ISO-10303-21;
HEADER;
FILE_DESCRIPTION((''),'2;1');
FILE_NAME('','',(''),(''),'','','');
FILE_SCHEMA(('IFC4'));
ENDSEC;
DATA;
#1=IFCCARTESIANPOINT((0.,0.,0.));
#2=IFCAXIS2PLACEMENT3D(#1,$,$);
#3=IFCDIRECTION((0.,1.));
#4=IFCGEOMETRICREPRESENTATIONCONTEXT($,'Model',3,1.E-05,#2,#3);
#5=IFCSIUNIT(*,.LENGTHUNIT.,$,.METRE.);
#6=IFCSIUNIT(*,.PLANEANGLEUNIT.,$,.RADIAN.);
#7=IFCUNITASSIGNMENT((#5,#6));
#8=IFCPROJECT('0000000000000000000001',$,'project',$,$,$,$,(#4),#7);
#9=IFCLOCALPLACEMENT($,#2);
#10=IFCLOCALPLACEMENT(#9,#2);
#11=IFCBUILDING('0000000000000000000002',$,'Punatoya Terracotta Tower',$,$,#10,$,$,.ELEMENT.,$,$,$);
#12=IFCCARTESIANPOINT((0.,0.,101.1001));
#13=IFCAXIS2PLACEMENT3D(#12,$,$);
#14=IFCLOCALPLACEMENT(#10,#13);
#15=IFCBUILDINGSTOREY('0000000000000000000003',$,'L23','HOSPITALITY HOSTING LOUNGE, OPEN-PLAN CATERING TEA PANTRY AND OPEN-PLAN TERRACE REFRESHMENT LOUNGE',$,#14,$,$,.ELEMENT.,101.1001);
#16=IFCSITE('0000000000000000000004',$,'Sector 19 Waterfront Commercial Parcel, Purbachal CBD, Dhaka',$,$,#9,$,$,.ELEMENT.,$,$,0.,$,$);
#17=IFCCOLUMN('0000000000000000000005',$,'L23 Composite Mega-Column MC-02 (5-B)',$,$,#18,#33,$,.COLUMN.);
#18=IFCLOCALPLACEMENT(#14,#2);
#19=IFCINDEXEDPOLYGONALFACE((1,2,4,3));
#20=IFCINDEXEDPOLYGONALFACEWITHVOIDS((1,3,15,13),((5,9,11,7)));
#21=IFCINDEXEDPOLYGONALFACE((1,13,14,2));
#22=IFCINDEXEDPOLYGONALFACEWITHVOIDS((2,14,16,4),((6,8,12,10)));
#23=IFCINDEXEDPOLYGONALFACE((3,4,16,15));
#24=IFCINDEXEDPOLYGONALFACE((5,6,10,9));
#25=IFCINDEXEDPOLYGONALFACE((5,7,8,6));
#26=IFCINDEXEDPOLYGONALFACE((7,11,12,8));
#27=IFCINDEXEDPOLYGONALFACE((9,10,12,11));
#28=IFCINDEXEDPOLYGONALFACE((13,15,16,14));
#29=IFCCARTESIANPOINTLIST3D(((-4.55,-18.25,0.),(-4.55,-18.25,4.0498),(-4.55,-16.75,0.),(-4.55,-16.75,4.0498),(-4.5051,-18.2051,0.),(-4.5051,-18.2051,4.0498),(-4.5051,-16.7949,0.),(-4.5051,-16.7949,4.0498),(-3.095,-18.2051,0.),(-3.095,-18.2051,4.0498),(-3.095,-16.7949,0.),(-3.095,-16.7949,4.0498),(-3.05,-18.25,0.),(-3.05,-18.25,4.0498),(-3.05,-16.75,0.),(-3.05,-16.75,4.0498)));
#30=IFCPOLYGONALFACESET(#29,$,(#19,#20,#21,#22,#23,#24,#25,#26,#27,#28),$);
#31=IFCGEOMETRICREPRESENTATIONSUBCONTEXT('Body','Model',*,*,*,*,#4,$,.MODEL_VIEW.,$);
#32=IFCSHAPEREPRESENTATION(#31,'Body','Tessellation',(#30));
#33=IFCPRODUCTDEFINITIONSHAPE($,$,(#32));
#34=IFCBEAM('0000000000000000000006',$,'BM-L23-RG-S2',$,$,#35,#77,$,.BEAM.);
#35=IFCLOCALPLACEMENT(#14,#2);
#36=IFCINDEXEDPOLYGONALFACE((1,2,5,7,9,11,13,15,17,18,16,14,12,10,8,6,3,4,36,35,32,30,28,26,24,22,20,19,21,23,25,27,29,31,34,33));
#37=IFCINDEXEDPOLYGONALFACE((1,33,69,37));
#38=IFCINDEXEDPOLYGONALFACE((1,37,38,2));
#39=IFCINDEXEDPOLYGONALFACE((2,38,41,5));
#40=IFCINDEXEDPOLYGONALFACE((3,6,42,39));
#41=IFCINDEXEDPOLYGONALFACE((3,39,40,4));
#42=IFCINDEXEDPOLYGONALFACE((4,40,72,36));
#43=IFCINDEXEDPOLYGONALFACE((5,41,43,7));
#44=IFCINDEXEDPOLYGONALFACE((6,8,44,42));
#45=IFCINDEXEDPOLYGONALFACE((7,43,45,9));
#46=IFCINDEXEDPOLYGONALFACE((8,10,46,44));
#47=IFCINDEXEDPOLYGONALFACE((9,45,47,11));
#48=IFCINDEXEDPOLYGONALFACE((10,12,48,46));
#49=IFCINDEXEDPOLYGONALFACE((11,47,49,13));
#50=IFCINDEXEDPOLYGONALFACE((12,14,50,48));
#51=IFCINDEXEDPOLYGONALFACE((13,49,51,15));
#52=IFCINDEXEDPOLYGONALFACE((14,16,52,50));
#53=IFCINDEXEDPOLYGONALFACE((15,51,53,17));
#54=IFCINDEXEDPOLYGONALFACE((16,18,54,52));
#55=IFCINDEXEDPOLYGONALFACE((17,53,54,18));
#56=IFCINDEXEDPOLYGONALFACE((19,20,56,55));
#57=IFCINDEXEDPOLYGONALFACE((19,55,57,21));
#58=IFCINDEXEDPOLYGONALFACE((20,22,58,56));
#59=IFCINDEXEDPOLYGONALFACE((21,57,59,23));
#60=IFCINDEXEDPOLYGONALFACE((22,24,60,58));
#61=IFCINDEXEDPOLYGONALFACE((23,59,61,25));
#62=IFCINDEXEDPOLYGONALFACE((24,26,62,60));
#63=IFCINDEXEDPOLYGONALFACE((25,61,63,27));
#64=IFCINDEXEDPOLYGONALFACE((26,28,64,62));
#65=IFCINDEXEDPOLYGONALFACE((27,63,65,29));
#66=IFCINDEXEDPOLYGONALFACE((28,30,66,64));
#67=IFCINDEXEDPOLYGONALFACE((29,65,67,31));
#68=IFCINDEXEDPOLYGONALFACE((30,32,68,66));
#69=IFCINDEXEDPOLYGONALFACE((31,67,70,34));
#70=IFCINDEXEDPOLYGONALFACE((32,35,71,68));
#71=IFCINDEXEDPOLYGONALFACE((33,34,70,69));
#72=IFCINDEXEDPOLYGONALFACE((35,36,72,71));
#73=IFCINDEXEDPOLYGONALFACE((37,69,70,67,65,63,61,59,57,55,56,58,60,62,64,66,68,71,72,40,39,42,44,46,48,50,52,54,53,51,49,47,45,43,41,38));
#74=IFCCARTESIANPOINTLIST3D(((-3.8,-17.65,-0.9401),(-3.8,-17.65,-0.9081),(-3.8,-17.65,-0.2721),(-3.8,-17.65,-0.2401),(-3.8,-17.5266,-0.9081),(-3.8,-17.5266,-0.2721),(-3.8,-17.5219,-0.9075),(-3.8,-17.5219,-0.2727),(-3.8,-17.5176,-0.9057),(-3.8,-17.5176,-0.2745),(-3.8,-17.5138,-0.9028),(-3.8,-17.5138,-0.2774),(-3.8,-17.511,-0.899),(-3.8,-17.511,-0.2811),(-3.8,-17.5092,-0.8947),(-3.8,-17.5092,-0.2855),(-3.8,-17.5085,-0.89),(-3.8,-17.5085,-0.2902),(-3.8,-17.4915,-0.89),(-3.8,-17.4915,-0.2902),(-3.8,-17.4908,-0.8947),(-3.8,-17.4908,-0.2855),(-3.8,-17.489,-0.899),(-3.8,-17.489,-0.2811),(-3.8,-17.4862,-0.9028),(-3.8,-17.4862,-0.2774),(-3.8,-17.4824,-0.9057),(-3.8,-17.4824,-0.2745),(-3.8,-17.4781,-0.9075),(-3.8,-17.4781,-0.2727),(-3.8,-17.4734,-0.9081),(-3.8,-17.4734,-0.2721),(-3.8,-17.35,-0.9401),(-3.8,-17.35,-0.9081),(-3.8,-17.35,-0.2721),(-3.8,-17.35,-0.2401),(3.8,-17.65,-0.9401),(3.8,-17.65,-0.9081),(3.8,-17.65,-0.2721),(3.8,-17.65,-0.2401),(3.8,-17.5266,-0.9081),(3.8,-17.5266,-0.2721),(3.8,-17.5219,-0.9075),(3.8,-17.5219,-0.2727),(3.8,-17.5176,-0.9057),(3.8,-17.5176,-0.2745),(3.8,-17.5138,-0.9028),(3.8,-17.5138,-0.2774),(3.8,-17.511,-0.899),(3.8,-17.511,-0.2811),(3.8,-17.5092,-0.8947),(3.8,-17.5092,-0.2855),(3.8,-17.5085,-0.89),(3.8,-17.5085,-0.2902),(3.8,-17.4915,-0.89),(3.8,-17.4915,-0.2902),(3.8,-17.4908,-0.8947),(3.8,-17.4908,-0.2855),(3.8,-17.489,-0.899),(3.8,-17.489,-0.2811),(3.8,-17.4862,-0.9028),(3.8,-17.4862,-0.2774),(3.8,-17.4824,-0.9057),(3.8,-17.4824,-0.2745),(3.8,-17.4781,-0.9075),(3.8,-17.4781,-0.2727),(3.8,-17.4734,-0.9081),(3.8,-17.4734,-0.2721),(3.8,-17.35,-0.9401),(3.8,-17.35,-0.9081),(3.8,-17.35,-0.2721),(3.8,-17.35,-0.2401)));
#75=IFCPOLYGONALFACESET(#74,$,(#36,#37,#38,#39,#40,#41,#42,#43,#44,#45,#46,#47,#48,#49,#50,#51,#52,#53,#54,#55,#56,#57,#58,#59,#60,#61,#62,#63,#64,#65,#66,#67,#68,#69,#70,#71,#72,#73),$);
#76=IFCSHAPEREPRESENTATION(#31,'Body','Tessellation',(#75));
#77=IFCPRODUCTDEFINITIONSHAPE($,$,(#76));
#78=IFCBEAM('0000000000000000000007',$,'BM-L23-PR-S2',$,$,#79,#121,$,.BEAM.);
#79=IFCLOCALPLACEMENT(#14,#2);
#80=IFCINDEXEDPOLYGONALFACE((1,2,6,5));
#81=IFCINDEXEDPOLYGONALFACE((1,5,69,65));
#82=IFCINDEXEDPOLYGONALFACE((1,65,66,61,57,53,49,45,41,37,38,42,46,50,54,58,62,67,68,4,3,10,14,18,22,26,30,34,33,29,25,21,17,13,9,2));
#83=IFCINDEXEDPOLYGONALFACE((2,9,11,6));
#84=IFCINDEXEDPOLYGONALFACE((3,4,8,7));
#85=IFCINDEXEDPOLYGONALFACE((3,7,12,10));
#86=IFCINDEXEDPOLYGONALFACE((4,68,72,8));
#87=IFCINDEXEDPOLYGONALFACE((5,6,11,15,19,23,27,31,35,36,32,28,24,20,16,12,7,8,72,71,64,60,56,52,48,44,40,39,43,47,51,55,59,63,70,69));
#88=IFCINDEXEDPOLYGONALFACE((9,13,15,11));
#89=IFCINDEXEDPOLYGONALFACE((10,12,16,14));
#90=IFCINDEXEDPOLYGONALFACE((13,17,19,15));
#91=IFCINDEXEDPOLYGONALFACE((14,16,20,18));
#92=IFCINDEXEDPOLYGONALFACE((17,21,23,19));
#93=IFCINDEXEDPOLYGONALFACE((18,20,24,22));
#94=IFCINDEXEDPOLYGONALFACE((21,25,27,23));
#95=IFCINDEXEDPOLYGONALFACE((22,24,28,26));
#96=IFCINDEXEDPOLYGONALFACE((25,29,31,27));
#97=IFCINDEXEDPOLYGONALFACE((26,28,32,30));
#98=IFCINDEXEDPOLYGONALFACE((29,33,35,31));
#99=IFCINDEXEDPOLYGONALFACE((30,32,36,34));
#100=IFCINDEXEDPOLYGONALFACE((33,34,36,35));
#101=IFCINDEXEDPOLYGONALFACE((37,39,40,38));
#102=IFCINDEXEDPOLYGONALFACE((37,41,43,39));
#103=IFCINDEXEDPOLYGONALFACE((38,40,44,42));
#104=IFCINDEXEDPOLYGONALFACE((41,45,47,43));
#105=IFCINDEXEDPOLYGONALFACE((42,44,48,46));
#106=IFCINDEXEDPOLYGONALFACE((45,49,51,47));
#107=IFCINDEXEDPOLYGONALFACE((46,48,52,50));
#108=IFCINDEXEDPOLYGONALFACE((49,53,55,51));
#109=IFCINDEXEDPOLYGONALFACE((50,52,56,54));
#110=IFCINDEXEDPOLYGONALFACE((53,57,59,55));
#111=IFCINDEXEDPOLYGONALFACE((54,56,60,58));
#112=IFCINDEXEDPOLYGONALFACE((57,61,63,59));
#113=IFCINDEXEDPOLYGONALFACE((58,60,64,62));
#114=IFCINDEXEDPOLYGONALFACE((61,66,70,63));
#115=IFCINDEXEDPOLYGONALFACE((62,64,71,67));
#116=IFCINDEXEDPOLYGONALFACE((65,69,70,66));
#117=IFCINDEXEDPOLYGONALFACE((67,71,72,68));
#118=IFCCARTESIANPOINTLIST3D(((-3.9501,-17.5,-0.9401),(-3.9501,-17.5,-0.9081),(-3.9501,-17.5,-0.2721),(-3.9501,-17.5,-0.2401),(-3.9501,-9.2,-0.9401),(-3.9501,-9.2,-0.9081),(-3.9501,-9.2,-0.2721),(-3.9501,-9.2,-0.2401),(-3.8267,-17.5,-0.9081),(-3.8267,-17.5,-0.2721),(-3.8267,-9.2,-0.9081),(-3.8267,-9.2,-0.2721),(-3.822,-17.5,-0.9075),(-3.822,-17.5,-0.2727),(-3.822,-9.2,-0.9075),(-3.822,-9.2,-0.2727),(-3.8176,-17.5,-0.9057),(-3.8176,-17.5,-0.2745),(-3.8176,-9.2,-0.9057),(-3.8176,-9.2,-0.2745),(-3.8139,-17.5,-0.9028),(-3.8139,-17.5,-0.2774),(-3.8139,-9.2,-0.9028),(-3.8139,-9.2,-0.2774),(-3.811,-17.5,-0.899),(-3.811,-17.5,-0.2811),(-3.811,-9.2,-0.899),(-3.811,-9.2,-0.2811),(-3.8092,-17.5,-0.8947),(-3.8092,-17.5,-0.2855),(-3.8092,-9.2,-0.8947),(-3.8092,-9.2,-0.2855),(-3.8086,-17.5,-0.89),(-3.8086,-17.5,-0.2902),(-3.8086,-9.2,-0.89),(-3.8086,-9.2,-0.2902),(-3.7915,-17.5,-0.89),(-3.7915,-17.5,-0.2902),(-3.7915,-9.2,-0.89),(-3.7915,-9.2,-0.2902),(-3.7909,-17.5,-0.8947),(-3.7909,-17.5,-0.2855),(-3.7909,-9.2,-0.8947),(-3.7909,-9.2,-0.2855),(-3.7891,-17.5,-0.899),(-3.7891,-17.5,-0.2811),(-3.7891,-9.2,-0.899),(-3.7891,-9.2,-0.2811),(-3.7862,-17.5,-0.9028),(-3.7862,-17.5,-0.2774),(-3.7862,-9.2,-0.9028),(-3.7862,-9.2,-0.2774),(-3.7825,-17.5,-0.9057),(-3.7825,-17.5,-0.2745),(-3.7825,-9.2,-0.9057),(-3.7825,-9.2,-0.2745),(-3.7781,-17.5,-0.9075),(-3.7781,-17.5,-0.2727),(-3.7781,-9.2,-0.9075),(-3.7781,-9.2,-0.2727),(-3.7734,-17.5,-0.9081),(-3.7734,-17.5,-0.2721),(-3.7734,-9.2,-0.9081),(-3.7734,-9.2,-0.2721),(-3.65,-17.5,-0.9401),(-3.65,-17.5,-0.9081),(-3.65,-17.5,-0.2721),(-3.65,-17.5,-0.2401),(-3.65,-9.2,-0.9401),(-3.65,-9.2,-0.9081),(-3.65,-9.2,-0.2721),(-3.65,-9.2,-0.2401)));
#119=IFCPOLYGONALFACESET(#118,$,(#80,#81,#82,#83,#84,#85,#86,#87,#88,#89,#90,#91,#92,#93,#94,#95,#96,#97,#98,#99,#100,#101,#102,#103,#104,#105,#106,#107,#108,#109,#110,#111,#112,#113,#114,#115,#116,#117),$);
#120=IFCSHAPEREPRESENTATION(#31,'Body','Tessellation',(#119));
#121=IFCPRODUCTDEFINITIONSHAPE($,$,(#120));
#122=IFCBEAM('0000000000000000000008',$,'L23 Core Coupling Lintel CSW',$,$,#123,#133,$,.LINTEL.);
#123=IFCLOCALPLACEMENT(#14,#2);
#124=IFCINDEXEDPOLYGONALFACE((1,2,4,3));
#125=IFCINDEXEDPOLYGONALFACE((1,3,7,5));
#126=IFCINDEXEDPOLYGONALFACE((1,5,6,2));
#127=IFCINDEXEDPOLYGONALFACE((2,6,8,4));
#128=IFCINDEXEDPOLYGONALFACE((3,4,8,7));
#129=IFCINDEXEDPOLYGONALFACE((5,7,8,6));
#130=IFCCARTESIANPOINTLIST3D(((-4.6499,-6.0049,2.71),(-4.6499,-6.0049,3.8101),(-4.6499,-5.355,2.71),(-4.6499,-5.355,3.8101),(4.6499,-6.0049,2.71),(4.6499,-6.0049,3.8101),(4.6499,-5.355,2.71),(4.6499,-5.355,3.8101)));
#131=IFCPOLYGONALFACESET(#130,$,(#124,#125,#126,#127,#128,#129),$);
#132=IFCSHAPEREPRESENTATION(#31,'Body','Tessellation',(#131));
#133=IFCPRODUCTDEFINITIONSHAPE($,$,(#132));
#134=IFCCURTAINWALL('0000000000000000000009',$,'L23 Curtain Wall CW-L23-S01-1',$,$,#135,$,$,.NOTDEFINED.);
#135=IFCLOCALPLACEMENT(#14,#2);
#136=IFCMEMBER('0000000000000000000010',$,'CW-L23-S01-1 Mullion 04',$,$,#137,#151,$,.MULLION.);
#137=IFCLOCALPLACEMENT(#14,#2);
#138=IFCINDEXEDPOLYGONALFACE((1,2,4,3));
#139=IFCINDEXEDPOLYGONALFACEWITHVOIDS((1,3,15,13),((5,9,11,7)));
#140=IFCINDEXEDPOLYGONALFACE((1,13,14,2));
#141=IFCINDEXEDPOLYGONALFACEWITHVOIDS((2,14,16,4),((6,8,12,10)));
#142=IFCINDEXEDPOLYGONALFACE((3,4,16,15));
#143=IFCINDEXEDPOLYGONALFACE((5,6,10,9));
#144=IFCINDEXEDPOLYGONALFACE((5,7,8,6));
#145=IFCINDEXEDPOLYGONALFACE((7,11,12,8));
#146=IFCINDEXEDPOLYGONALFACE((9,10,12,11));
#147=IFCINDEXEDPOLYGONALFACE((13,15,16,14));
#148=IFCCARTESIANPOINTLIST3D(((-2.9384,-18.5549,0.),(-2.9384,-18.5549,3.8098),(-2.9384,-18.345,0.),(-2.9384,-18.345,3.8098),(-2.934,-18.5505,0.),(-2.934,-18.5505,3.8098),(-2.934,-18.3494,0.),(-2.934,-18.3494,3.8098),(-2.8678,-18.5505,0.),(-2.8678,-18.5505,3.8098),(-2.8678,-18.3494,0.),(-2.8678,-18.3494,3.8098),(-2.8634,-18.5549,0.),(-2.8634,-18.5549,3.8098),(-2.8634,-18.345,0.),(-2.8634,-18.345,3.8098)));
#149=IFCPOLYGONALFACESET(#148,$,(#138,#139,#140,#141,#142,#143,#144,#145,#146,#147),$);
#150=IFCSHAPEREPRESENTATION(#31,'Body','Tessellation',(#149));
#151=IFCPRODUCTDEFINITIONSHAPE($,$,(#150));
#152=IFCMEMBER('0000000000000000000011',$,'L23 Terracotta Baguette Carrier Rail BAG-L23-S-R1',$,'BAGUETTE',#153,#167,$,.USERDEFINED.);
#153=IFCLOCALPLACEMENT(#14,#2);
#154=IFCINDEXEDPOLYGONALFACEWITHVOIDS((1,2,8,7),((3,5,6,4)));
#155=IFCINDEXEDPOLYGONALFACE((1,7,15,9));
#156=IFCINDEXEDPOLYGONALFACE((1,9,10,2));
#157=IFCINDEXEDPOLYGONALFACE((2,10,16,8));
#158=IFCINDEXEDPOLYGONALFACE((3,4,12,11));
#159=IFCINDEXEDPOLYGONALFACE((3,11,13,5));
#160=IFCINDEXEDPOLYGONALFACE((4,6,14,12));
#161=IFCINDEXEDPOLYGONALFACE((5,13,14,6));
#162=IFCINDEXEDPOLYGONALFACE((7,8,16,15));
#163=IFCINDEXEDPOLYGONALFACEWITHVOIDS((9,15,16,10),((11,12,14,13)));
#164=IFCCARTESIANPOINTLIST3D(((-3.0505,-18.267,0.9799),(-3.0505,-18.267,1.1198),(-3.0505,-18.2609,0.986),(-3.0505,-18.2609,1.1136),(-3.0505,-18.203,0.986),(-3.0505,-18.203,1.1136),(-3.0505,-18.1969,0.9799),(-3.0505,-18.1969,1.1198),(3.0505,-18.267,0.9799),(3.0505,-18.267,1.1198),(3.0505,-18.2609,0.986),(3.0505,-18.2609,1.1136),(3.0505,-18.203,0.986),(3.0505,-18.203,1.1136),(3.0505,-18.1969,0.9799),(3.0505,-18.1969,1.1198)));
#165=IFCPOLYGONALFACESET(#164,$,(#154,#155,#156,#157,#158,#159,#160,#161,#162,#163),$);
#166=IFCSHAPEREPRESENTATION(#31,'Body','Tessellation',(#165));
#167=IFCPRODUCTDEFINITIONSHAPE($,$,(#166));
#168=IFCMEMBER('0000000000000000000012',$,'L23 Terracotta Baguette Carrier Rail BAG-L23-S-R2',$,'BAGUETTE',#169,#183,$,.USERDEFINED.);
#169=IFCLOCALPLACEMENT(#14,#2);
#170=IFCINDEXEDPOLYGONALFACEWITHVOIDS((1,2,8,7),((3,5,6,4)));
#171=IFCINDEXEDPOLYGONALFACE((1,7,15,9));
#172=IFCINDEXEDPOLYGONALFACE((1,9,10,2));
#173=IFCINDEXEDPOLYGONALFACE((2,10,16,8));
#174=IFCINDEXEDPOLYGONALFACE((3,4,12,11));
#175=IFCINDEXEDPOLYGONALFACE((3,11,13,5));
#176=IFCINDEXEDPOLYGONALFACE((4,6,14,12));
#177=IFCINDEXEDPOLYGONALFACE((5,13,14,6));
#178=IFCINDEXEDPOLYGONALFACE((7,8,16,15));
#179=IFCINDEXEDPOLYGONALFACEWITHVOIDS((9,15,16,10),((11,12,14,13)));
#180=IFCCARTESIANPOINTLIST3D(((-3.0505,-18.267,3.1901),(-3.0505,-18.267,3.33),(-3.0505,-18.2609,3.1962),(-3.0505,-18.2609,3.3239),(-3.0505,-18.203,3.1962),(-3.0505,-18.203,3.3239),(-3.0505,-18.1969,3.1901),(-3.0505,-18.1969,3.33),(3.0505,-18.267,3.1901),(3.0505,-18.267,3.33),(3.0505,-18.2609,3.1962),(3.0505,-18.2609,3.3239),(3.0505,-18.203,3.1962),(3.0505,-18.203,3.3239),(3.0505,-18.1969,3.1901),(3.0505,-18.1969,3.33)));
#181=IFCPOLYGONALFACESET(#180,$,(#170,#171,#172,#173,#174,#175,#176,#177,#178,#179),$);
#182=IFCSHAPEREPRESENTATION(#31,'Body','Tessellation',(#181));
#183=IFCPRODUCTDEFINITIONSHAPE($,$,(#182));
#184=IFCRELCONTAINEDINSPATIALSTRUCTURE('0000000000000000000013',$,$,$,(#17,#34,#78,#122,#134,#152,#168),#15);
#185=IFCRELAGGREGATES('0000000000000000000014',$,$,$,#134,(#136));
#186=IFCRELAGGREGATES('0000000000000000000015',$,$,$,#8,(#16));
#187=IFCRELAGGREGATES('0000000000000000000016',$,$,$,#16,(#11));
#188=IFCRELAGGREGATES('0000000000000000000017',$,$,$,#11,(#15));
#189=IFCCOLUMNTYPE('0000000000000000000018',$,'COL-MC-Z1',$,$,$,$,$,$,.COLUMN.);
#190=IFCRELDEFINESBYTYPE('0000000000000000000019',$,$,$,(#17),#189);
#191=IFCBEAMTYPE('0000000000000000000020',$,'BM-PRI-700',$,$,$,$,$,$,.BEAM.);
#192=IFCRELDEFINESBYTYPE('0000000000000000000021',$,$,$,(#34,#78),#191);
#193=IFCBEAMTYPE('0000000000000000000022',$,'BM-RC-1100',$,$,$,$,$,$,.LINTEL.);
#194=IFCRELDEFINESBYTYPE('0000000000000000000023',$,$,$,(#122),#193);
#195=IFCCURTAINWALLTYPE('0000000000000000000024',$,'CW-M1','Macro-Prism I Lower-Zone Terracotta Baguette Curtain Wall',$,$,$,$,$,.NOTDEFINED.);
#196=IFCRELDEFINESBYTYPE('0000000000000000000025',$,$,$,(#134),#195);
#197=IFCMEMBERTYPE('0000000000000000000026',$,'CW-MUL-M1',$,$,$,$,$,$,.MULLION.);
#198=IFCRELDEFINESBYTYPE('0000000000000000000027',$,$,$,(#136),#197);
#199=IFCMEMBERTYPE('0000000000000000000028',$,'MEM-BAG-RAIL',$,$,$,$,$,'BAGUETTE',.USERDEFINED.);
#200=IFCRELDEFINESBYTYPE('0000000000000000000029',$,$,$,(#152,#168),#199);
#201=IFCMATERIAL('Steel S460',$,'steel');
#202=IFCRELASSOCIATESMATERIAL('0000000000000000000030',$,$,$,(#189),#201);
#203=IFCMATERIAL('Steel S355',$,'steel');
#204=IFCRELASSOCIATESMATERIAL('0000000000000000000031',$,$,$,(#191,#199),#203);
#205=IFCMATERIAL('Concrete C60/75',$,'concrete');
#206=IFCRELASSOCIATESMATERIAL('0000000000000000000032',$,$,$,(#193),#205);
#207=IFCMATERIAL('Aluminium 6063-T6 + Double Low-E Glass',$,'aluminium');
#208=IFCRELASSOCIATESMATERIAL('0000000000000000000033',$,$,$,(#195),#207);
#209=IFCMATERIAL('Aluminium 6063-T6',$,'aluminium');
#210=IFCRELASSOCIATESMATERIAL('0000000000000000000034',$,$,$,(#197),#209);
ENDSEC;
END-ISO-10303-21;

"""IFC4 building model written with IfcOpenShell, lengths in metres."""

from ifc_helpers import new_model, si_unit, direction, frame, origin, origin_2d, place, context, subcontext, project, spatial, rectangle, hollow_rectangle, i_section, extrude, material, material_profile, profile_set, type_object, element, aggregate, save


model = new_model("IFC4")

# Units and contexts
model_context = context("Model", 3, precision=1e-05, world=origin(), true_north=direction((0.0, 1.0)))
body_context = subcontext(model_context, "Body", "Model", "MODEL_VIEW")
ifc_project = project(units=[si_unit("LENGTHUNIT", "METRE"), si_unit("PLANEANGLEUNIT", "RADIAN")], contexts=[model_context])

# Site, building, storey
site_placement = place(None, origin())
site = spatial("IfcSite", under=ifc_project, at=site_placement, Name="Sector 19 Waterfront Commercial Parcel, Purbachal CBD, Dhaka", CompositionType="ELEMENT", RefElevation=0.0)
building_placement = place(site_placement, origin())
building = spatial("IfcBuilding", under=site, at=building_placement, Name="Punatoya Terracotta Tower", CompositionType="ELEMENT")
storey_placement = place(building_placement, frame((0.0, 0.0, 101.1001)))
storey = spatial("IfcBuildingStorey", under=building, at=storey_placement, Name="L23", Description="HOSPITALITY HOSTING LOUNGE, OPEN-PLAN CATERING TEA PANTRY AND OPEN-PLAN TERRACE REFRESHMENT LOUNGE", CompositionType="ELEMENT", Elevation=101.1001)

# Column
ifc_material_1 = material(Name="Steel S460", Category="steel")
ifc_material_profile_1 = material_profile(ifc_material_1, hollow_rectangle(XDim=1.5, YDim=1.5, WallThickness=0.0449, at=origin_2d()))
ifc_profile_set_1 = profile_set([ifc_material_profile_1], Name="Steel S460")
column_type = type_object("IfcColumnType", Name="COL-MC-Z1", PredefinedType="COLUMN", material=ifc_profile_set_1)
column_placement = place(storey_placement, frame((-3.8, -17.5, 0.0), z_axis=(0.0, 0.0, 1.0), x_axis=(1.0, 0.0, 0.0)))
element("IfcColumn", 1, at=column_placement, inside=storey, type_object=column_type, Name="L23 Composite Mega-Column MC-02 (5-B)", PredefinedType="COLUMN", context=body_context, shape_type="SweptSolid", body=[
    extrude(hollow_rectangle(XDim=1.5, YDim=1.5, WallThickness=0.0449, at=origin_2d()), origin(), (0.0, 0.0, 1.0), 4.0498),
])

# Beams
ifc_material_2 = material(Name="Steel S355", Category="steel")
ifc_material_profile_2 = material_profile(ifc_material_2, i_section(OverallWidth=0.3, OverallDepth=0.7, WebThickness=0.0171, FlangeThickness=0.032, FilletRadius=0.0181, at=origin_2d()))
ifc_profile_set_2 = profile_set([ifc_material_profile_2], Name="Steel S355")
beam_type_1 = type_object("IfcBeamType", Name="BM-PRI-700", PredefinedType="BEAM", material=ifc_profile_set_2)
beam_1_placement = place(storey_placement, frame((-3.8, -17.5, -0.5901), z_axis=(1.0, 0.0, 0.0), x_axis=(0.0, 1.0, 0.0)))
element("IfcBeam", 2, at=beam_1_placement, inside=storey, type_object=beam_type_1, Name="BM-L23-RG-S2", PredefinedType="BEAM", context=body_context, shape_type="SweptSolid", body=[
    extrude(i_section(OverallWidth=0.3, OverallDepth=0.7, WebThickness=0.0171, FlangeThickness=0.032, FilletRadius=0.0181, at=origin_2d()), origin(), (0.0, 0.0, 1.0), 7.6001),
])
beam_2_placement = place(storey_placement, frame((-3.8, -17.5, -0.5901), z_axis=(0.0, 1.0, 0.0), x_axis=(-1.0, 0.0, 0.0)))
element("IfcBeam", 3, at=beam_2_placement, inside=storey, type_object=beam_type_1, Name="BM-L23-PR-S2", PredefinedType="BEAM", context=body_context, shape_type="SweptSolid", body=[
    extrude(i_section(OverallWidth=0.3, OverallDepth=0.7, WebThickness=0.0171, FlangeThickness=0.032, FilletRadius=0.0181, at=origin_2d()), origin(), (0.0, 0.0, 1.0), 8.3),
])
ifc_material_3 = material(Name="Concrete C60/75", Category="concrete")
ifc_material_profile_3 = material_profile(ifc_material_3, rectangle(XDim=0.6499, YDim=1.1001, at=origin_2d()))
ifc_profile_set_3 = profile_set([ifc_material_profile_3], Name="Concrete C60/75")
beam_type_2 = type_object("IfcBeamType", Name="BM-RC-1100", PredefinedType="LINTEL", material=ifc_profile_set_3)
beam_3_placement = place(storey_placement, frame((-4.6499, -5.6799, 3.26), z_axis=(1.0, 0.0, 0.0), x_axis=(0.0, 1.0, 0.0)))
element("IfcBeam", 4, at=beam_3_placement, inside=storey, type_object=beam_type_2, Name="L23 Core Coupling Lintel CSW", PredefinedType="LINTEL", context=body_context, shape_type="SweptSolid", body=[
    extrude(rectangle(XDim=0.6499, YDim=1.1001, at=origin_2d()), origin(), (0.0, 0.0, 1.0), 9.2998),
])

# Curtain wall, member
ifc_material_4 = material(Name="Aluminium 6063-T6 + Double Low-E Glass", Category="aluminium")
curtain_wall_type = type_object("IfcCurtainWallType", Name="CW-M1", Description="Macro-Prism I Lower-Zone Terracotta Baguette Curtain Wall", PredefinedType="NOTDEFINED", material=ifc_material_4)
curtain_wall_placement = place(storey_placement, origin())
curtain_wall = element("IfcCurtainWall", 5, at=curtain_wall_placement, inside=storey, type_object=curtain_wall_type, Name="L23 Curtain Wall CW-L23-S01-1", PredefinedType="NOTDEFINED")
ifc_material_5 = material(Name="Aluminium 6063-T6", Category="aluminium")
ifc_material_profile_4 = material_profile(ifc_material_5, hollow_rectangle(XDim=0.075, YDim=0.21, WallThickness=0.0044, at=origin_2d()))
ifc_profile_set_4 = profile_set([ifc_material_profile_4], Name="Aluminium 6063-T6")
member_type_1 = type_object("IfcMemberType", Name="CW-MUL-M1", PredefinedType="MULLION", material=ifc_profile_set_4)
member_placement = place(storey_placement, frame((-2.9009, -18.45, 0.0), z_axis=(0.0, 0.0, 1.0), x_axis=(1.0, 0.0, 0.0)))
member = element("IfcMember", 6, at=member_placement, type_object=member_type_1, Name="CW-L23-S01-1 Mullion 04", PredefinedType="MULLION", context=body_context, shape_type="SweptSolid", body=[
    extrude(hollow_rectangle(XDim=0.075, YDim=0.21, WallThickness=0.0044, at=origin_2d()), origin(), (0.0, 0.0, 1.0), 3.8098),
])

# Members
ifc_material_profile_5 = material_profile(ifc_material_2, hollow_rectangle(XDim=0.0701, YDim=0.1399, WallThickness=0.0061, at=origin_2d()))
ifc_profile_set_5 = profile_set([ifc_material_profile_5], Name="Steel S355")
member_type_2 = type_object("IfcMemberType", Name="MEM-BAG-RAIL", ElementType="BAGUETTE", PredefinedType="USERDEFINED", material=ifc_profile_set_5)
for number, where, z_axis, x_axis, name in (
    (7, (-3.0505, -18.2319, 1.0498), (1.0, 0.0, 0.0), (0.0, 1.0, 0.0), "L23 Terracotta Baguette Carrier Rail BAG-L23-S-R1"),
    (8, (-3.0505, -18.2319, 3.26), (1.0, 0.0, 0.0), (0.0, 1.0, 0.0), "L23 Terracotta Baguette Carrier Rail BAG-L23-S-R2"),
):
    element("IfcMember", number, at=place(storey_placement, frame(where, z_axis=z_axis, x_axis=x_axis)), inside=storey, type_object=member_type_2, Name=name, ObjectType="BAGUETTE", PredefinedType="USERDEFINED", context=body_context, shape_type="SweptSolid", body=[
        extrude(hollow_rectangle(XDim=0.0701, YDim=0.1399, WallThickness=0.0061, at=origin_2d()), origin(), (0.0, 0.0, 1.0), 6.1011),
    ])

aggregate(curtain_wall, [member])

save(model, "model.ifc")
